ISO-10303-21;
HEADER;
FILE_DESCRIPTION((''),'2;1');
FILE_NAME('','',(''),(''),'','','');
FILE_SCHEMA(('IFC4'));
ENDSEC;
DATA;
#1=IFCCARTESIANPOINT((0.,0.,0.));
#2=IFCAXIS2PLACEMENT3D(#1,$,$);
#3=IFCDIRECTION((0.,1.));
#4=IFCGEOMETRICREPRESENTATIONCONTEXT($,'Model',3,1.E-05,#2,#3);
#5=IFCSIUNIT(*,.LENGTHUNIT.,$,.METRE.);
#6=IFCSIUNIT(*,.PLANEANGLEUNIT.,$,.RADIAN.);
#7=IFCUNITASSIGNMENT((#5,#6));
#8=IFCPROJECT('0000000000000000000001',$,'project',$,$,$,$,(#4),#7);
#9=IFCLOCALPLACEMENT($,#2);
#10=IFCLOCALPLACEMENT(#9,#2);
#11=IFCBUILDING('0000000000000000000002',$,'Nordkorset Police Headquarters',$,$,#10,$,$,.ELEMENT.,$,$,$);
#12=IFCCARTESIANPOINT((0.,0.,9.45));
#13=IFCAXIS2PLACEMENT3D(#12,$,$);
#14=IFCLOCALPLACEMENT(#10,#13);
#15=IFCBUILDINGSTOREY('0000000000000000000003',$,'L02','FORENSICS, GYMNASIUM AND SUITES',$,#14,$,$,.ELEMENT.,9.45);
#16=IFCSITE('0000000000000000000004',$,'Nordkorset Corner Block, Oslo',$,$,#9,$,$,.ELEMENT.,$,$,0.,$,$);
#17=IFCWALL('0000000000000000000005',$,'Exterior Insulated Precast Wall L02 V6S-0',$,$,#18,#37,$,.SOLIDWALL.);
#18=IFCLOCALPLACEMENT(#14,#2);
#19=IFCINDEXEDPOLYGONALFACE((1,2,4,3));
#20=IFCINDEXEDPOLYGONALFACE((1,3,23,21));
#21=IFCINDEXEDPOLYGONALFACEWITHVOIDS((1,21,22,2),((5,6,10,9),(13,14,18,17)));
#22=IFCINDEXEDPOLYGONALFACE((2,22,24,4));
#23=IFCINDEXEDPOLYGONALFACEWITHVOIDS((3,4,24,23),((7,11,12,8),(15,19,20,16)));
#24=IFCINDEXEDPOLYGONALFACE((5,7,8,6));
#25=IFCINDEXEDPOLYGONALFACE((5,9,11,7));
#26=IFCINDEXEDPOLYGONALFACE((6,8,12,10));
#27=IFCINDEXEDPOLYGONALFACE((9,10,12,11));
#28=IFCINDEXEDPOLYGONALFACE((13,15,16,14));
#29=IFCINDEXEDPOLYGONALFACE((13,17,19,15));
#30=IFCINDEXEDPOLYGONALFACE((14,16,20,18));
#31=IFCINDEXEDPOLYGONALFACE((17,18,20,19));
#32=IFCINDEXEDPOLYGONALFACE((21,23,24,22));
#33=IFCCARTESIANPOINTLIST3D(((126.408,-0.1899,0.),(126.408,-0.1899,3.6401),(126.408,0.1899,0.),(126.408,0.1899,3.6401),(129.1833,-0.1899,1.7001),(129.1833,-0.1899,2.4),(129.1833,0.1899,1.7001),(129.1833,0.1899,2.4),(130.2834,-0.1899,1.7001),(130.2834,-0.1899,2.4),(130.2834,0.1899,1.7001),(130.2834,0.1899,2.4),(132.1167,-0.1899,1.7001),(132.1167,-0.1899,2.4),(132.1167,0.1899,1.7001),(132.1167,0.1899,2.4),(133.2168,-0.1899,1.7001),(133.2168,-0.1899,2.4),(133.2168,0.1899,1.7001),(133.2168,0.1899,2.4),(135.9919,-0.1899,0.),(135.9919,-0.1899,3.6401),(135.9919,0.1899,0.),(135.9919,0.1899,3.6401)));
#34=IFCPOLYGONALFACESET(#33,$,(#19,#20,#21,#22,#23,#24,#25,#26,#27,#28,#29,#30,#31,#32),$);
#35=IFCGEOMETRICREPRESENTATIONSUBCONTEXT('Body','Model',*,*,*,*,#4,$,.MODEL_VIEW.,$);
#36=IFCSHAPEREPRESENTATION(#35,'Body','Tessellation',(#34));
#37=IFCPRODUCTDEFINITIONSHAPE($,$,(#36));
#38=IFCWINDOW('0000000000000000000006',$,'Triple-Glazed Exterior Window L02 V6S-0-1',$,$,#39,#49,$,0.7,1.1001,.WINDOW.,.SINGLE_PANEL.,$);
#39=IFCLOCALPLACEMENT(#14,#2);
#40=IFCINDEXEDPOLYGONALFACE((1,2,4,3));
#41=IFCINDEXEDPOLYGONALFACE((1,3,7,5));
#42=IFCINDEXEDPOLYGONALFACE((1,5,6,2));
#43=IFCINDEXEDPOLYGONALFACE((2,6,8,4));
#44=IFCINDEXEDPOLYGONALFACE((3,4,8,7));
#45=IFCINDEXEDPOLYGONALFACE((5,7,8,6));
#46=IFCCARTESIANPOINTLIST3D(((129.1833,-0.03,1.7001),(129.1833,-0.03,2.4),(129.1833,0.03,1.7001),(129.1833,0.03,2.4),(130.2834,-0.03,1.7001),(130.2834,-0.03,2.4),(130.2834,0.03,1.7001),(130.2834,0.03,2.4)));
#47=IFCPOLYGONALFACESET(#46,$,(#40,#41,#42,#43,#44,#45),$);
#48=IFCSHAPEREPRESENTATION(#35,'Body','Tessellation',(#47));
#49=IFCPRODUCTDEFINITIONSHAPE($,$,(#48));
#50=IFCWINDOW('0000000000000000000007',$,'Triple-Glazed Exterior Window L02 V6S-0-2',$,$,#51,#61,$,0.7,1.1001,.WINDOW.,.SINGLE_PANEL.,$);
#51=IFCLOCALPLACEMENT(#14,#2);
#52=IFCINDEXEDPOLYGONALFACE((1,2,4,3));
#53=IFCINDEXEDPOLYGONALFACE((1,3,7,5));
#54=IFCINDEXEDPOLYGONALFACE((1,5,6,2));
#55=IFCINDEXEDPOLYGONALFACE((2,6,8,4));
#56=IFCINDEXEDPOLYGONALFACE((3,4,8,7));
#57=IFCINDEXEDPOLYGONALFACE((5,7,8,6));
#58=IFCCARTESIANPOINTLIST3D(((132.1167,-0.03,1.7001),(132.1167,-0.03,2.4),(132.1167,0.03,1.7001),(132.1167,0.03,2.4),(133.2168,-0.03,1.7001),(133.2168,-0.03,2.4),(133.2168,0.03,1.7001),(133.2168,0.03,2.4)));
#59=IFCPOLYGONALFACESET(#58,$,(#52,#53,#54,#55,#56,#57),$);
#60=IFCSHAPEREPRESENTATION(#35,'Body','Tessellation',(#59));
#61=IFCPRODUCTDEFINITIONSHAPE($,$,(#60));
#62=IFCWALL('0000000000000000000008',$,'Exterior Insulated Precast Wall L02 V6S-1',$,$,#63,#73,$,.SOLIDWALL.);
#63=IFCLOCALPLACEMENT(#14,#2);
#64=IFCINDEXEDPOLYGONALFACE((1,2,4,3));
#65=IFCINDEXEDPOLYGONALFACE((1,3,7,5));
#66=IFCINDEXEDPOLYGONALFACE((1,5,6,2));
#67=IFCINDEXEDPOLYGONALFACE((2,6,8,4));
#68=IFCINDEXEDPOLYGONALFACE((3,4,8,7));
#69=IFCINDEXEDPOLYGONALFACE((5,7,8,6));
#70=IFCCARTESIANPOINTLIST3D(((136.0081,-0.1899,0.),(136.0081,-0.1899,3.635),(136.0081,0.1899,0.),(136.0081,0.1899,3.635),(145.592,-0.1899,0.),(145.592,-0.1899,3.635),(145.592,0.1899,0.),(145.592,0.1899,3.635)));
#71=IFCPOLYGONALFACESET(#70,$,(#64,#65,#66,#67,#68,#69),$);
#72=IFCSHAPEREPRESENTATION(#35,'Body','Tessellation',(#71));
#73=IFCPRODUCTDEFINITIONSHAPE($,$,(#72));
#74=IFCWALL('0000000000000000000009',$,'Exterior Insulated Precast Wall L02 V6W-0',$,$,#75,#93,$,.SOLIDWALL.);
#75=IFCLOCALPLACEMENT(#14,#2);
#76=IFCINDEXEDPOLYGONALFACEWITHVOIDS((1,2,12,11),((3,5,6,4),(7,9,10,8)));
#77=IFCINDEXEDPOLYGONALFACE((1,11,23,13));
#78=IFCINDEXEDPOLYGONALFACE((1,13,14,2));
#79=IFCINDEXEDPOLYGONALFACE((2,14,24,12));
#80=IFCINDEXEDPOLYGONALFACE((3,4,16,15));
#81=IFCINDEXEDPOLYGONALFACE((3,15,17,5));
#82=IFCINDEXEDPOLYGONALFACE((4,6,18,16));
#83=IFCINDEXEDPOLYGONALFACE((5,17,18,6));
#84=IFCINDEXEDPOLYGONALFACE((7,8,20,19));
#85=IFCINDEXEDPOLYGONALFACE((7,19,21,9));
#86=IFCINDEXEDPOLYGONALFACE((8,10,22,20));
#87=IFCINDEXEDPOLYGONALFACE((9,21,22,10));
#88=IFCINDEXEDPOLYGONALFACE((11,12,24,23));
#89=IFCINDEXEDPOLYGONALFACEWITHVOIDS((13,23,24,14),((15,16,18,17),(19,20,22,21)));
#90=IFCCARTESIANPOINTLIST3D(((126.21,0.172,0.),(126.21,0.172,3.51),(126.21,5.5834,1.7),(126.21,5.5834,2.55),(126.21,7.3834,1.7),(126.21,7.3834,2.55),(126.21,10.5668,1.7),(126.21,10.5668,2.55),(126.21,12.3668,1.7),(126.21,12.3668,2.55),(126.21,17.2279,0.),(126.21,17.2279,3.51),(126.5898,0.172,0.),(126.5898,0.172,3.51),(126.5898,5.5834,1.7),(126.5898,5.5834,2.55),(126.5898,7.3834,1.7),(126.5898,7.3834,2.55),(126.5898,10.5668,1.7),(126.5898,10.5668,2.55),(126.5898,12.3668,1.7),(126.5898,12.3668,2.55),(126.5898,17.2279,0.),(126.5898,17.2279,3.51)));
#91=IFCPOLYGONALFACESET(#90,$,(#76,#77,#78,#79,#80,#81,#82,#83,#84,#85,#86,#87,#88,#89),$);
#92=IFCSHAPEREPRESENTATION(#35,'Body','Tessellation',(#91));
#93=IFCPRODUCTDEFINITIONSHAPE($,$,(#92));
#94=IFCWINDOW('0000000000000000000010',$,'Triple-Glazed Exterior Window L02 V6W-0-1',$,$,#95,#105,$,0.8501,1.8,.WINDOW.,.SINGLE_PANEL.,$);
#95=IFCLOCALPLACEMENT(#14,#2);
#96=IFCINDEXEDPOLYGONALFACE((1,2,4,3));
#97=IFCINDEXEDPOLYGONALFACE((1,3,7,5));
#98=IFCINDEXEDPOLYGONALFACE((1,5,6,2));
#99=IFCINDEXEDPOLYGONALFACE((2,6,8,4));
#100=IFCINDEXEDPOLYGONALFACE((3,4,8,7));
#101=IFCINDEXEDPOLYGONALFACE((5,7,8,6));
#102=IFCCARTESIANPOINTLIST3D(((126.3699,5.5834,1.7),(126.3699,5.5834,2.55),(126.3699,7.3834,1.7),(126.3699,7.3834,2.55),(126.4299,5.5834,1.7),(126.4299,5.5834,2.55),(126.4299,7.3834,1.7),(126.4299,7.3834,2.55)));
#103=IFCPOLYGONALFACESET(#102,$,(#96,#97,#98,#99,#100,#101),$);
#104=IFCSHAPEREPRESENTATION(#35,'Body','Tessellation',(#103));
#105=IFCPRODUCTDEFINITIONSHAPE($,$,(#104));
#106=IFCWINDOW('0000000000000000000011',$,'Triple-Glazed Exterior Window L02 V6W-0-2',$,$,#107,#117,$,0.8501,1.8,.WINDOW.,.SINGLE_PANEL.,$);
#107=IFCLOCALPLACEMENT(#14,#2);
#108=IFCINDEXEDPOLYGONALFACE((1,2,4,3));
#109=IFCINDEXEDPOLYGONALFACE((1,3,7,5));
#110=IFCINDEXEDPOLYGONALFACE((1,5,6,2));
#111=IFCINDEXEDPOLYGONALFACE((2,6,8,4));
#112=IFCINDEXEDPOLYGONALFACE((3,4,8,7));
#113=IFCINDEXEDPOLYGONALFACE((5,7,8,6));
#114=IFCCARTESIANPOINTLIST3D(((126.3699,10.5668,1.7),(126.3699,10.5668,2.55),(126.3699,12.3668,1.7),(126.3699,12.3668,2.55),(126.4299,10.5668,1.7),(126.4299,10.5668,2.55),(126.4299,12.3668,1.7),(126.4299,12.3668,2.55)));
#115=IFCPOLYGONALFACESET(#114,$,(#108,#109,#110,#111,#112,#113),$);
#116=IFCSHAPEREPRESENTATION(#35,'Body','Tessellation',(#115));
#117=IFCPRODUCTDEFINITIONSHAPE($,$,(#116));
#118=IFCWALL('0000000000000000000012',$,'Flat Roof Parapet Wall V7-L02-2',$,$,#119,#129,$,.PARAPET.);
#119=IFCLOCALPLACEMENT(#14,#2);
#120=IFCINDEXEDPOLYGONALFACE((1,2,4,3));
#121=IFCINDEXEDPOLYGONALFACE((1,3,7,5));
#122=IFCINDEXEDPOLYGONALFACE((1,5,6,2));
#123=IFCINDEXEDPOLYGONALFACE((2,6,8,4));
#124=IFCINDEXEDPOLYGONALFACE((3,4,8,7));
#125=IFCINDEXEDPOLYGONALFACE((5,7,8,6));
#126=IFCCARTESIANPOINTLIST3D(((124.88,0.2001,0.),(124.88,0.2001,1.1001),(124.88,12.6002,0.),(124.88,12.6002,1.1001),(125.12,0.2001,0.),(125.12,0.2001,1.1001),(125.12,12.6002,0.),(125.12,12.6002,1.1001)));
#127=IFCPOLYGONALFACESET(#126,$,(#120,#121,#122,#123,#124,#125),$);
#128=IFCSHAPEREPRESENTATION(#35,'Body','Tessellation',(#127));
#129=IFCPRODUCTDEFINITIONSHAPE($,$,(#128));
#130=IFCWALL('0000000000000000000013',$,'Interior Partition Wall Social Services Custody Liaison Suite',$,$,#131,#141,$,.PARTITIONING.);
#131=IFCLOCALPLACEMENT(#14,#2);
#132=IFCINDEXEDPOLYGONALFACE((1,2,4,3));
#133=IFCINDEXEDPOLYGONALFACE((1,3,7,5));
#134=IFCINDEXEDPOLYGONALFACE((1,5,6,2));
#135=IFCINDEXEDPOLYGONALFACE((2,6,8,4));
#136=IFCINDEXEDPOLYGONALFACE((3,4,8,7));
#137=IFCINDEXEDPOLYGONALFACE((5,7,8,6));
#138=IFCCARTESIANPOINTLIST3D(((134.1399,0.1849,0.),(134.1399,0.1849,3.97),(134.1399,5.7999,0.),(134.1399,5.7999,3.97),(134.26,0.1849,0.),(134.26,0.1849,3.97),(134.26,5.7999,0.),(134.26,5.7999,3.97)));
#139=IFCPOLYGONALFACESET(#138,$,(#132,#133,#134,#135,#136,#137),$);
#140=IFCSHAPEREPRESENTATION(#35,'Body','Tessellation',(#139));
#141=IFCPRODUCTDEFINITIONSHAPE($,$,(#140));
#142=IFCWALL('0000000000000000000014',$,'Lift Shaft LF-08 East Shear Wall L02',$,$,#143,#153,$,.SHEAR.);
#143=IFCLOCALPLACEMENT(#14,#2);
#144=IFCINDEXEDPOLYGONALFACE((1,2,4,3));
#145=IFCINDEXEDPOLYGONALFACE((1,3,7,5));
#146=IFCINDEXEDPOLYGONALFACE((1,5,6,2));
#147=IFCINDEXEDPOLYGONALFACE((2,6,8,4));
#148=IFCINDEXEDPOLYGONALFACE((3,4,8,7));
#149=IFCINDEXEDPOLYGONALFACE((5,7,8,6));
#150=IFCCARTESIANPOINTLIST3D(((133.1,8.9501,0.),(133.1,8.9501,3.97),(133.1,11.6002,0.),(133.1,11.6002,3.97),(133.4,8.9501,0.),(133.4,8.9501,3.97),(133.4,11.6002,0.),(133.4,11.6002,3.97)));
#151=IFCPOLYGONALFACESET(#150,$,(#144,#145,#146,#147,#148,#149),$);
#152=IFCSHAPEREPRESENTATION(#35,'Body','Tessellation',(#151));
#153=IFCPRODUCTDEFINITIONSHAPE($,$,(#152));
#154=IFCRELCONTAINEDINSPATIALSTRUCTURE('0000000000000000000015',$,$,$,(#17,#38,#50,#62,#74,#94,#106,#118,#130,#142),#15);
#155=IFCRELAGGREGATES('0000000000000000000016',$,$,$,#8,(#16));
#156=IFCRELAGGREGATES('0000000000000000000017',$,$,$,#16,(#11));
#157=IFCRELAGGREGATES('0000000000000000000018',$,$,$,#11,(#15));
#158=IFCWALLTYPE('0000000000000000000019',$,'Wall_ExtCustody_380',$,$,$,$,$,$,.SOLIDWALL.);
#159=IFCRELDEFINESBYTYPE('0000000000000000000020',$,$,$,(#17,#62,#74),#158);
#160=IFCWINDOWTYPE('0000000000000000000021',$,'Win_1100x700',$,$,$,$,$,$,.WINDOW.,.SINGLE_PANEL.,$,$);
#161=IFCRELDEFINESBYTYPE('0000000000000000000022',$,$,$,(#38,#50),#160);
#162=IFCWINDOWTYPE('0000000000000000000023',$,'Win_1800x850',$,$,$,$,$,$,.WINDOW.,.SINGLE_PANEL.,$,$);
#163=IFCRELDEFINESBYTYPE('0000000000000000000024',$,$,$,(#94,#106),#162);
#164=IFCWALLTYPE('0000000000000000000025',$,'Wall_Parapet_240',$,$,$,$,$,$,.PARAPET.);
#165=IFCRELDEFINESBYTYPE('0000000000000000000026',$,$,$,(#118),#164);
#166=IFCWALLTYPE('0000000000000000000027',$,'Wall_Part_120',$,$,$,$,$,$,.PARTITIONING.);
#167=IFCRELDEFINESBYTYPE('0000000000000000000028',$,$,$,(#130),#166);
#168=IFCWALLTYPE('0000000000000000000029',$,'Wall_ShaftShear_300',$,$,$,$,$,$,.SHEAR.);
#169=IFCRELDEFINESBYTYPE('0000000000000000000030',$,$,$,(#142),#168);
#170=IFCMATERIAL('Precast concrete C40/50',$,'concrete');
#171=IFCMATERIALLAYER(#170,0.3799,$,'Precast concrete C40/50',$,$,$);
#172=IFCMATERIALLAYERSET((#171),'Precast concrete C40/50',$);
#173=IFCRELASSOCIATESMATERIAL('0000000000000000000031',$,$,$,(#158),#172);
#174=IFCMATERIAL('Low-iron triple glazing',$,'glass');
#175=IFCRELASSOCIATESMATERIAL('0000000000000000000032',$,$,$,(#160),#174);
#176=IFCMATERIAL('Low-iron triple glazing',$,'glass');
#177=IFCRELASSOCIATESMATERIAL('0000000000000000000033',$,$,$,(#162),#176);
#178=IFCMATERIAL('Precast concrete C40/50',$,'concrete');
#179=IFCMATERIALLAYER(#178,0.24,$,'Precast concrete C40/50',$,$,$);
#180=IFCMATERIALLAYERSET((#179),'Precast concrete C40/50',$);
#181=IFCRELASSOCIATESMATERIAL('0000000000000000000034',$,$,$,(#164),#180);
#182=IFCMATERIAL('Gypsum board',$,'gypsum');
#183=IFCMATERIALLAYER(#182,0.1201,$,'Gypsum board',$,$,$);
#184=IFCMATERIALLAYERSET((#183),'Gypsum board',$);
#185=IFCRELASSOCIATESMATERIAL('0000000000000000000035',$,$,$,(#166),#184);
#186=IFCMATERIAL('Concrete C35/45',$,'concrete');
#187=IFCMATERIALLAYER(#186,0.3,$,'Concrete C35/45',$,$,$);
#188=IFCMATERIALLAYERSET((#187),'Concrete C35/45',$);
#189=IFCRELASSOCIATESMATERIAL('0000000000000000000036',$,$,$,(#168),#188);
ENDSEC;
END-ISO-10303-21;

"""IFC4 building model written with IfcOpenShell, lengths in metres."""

from ifc_helpers import new_model, si_unit, direction, frame, frame_2d, origin, place, context, subcontext, project, spatial, rectangle, extrude, material, layer, layer_set, type_object, element, fill, save


model = new_model("IFC4")

# Units and contexts
model_context = context("Model", 3, precision=1e-05, world=origin(), true_north=direction((0.0, 1.0)))
body_context = subcontext(model_context, "Body", "Model", "MODEL_VIEW")
ifc_project = project(units=[si_unit("LENGTHUNIT", "METRE"), si_unit("PLANEANGLEUNIT", "RADIAN")], contexts=[model_context])

# Site, building, storey
site_placement = place(None, origin())
site = spatial("IfcSite", under=ifc_project, at=site_placement, Name="Nordkorset Corner Block, Oslo", CompositionType="ELEMENT", RefElevation=0.0)
building_placement = place(site_placement, origin())
building = spatial("IfcBuilding", under=site, at=building_placement, Name="Nordkorset Police Headquarters", CompositionType="ELEMENT")
storey_placement = place(building_placement, frame((0.0, 0.0, 9.45)))
storey = spatial("IfcBuildingStorey", under=building, at=storey_placement, Name="L02", Description="FORENSICS, GYMNASIUM AND SUITES", CompositionType="ELEMENT", Elevation=9.45)

# Wall, openings, windows
ifc_material_1 = material(Name="Precast concrete C40/50", Category="concrete")
ifc_layer_1 = layer(ifc_material_1, 0.3799, Name="Precast concrete C40/50")
ifc_layer_set_1 = layer_set([ifc_layer_1], Name="Precast concrete C40/50")
wall_type_1 = type_object("IfcWallType", Name="Wall_ExtCustody_380", PredefinedType="SOLIDWALL", material=ifc_layer_set_1)
wall_1_placement = place(storey_placement, frame((126.408, 0.0, 0.0), z_axis=(0.0, 0.0, 1.0), x_axis=(1.0, 0.0, 0.0)))
wall_1 = element("IfcWall", 1, at=wall_1_placement, inside=storey, type_object=wall_type_1, Name="Exterior Insulated Precast Wall L02 V6S-0", PredefinedType="SOLIDWALL", context=body_context, shape_type="SweptSolid", body=[
    extrude(rectangle(XDim=9.584, YDim=0.3799, at=frame_2d((4.792, 0.0))), origin(), (0.0, 0.0, 1.0), 3.6401),
])
opening_1_placement = place(wall_1_placement, frame((2.7754, 0.0, 1.7)))
opening_1 = element("IfcOpeningElement", 2, at=opening_1_placement, cuts=wall_1, PredefinedType="OPENING", context=body_context, shape_type="SweptSolid", body=[
    extrude(rectangle(XDim=1.1001, YDim=0.7, at=frame_2d((0.55, 0.3501))), frame((0.0, 0.2, 0.0), z_axis=(0.0, -1.0, 0.0), x_axis=(1.0, 0.0, 0.0)), (0.0, 0.0, 1.0), 0.3999),
])
opening_2_placement = place(wall_1_placement, frame((5.7087, 0.0, 1.7)))
opening_2 = element("IfcOpeningElement", 3, at=opening_2_placement, cuts=wall_1, PredefinedType="OPENING", context=body_context, shape_type="SweptSolid", body=[
    extrude(rectangle(XDim=1.1001, YDim=0.7, at=frame_2d((0.55, 0.3501))), frame((0.0, 0.2, 0.0), z_axis=(0.0, -1.0, 0.0), x_axis=(1.0, 0.0, 0.0)), (0.0, 0.0, 1.0), 0.3999),
])
ifc_material_2 = material(Name="Low-iron triple glazing", Category="glass")
window_type_1 = type_object("IfcWindowType", Name="Win_1100x700", PartitioningType="SINGLE_PANEL", PredefinedType="WINDOW", material=ifc_material_2)
window_1_placement = place(opening_1_placement, origin())
window_1 = element("IfcWindow", 4, at=window_1_placement, inside=storey, type_object=window_type_1, Name="Triple-Glazed Exterior Window L02 V6S-0-1", OverallHeight=0.7, OverallWidth=1.1001, PartitioningType="SINGLE_PANEL", PredefinedType="WINDOW", context=body_context, shape_type="SweptSolid", body=[
    extrude(rectangle(XDim=1.1001, YDim=0.7, at=frame_2d((0.55, 0.3501))), frame((0.0, 0.03, 0.0), z_axis=(0.0, -1.0, 0.0), x_axis=(1.0, 0.0, 0.0)), (0.0, 0.0, 1.0), 0.0601),
])
fill(opening_1, window_1)
window_2_placement = place(opening_2_placement, origin())
window_2 = element("IfcWindow", 5, at=window_2_placement, inside=storey, type_object=window_type_1, Name="Triple-Glazed Exterior Window L02 V6S-0-2", OverallHeight=0.7, OverallWidth=1.1001, PartitioningType="SINGLE_PANEL", PredefinedType="WINDOW", context=body_context, shape_type="SweptSolid", body=[
    extrude(rectangle(XDim=1.1001, YDim=0.7, at=frame_2d((0.55, 0.3501))), frame((0.0, 0.03, 0.0), z_axis=(0.0, -1.0, 0.0), x_axis=(1.0, 0.0, 0.0)), (0.0, 0.0, 1.0), 0.0601),
])
fill(opening_2, window_2)

# Wall
wall_2_placement = place(storey_placement, frame((136.0081, 0.0, 0.0), z_axis=(0.0, 0.0, 1.0), x_axis=(1.0, 0.0, 0.0)))
element("IfcWall", 6, at=wall_2_placement, inside=storey, type_object=wall_type_1, Name="Exterior Insulated Precast Wall L02 V6S-1", PredefinedType="SOLIDWALL", context=body_context, shape_type="SweptSolid", body=[
    extrude(rectangle(XDim=9.584, YDim=0.3799, at=frame_2d((4.792, 0.0))), origin(), (0.0, 0.0, 1.0), 3.635),
])

# Wall, openings, windows
wall_3_placement = place(storey_placement, frame((126.3999, 0.1721, 0.0), z_axis=(0.0, 0.0, 1.0), x_axis=(0.0, 1.0, 0.0)))
wall_3 = element("IfcWall", 7, at=wall_3_placement, inside=storey, type_object=wall_type_1, Name="Exterior Insulated Precast Wall L02 V6W-0", PredefinedType="SOLIDWALL", context=body_context, shape_type="SweptSolid", body=[
    extrude(rectangle(XDim=17.0559, YDim=0.3799, at=frame_2d((8.5278, 0.0))), origin(), (0.0, 0.0, 1.0), 3.51),
])
opening_3_placement = place(wall_3_placement, frame((5.4114, 0.0, 1.7)))
opening_3 = element("IfcOpeningElement", 8, at=opening_3_placement, cuts=wall_3, PredefinedType="OPENING", context=body_context, shape_type="SweptSolid", body=[
    extrude(rectangle(XDim=1.8, YDim=0.8501, at=frame_2d((0.8999, 0.425))), frame((0.0, 0.2, 0.0), z_axis=(0.0, -1.0, 0.0), x_axis=(1.0, 0.0, 0.0)), (0.0, 0.0, 1.0), 0.3999),
])
opening_4_placement = place(wall_3_placement, frame((10.3948, 0.0, 1.7)))
opening_4 = element("IfcOpeningElement", 9, at=opening_4_placement, cuts=wall_3, PredefinedType="OPENING", context=body_context, shape_type="SweptSolid", body=[
    extrude(rectangle(XDim=1.8, YDim=0.8501, at=frame_2d((0.8999, 0.425))), frame((0.0, 0.2, 0.0), z_axis=(0.0, -1.0, 0.0), x_axis=(1.0, 0.0, 0.0)), (0.0, 0.0, 1.0), 0.3999),
])
ifc_material_3 = material(Name="Low-iron triple glazing", Category="glass")
window_type_2 = type_object("IfcWindowType", Name="Win_1800x850", PartitioningType="SINGLE_PANEL", PredefinedType="WINDOW", material=ifc_material_3)
window_3_placement = place(opening_3_placement, origin())
window_3 = element("IfcWindow", 10, at=window_3_placement, inside=storey, type_object=window_type_2, Name="Triple-Glazed Exterior Window L02 V6W-0-1", OverallHeight=0.8501, OverallWidth=1.8, PartitioningType="SINGLE_PANEL", PredefinedType="WINDOW", context=body_context, shape_type="SweptSolid", body=[
    extrude(rectangle(XDim=1.8, YDim=0.8501, at=frame_2d((0.8999, 0.425))), frame((0.0, 0.03, 0.0), z_axis=(0.0, -1.0, 0.0), x_axis=(1.0, 0.0, 0.0)), (0.0, 0.0, 1.0), 0.0601),
])
fill(opening_3, window_3)
window_4_placement = place(opening_4_placement, origin())
window_4 = element("IfcWindow", 11, at=window_4_placement, inside=storey, type_object=window_type_2, Name="Triple-Glazed Exterior Window L02 V6W-0-2", OverallHeight=0.8501, OverallWidth=1.8, PartitioningType="SINGLE_PANEL", PredefinedType="WINDOW", context=body_context, shape_type="SweptSolid", body=[
    extrude(rectangle(XDim=1.8, YDim=0.8501, at=frame_2d((0.8999, 0.425))), frame((0.0, 0.03, 0.0), z_axis=(0.0, -1.0, 0.0), x_axis=(1.0, 0.0, 0.0)), (0.0, 0.0, 1.0), 0.0601),
])
fill(opening_4, window_4)

# Walls
ifc_material_4 = material(Name="Precast concrete C40/50", Category="concrete")
ifc_layer_2 = layer(ifc_material_4, 0.24, Name="Precast concrete C40/50")
ifc_layer_set_2 = layer_set([ifc_layer_2], Name="Precast concrete C40/50")
wall_type_2 = type_object("IfcWallType", Name="Wall_Parapet_240", PredefinedType="PARAPET", material=ifc_layer_set_2)
wall_4_placement = place(storey_placement, frame((125.0, 0.2, 0.0), z_axis=(0.0, 0.0, 1.0), x_axis=(0.0, 1.0, 0.0)))
element("IfcWall", 12, at=wall_4_placement, inside=storey, type_object=wall_type_2, Name="Flat Roof Parapet Wall V7-L02-2", PredefinedType="PARAPET", context=body_context, shape_type="SweptSolid", body=[
    extrude(rectangle(XDim=12.4001, YDim=0.24, at=frame_2d((6.2002, 0.0))), origin(), (0.0, 0.0, 1.0), 1.1001),
])
ifc_material_5 = material(Name="Gypsum board", Category="gypsum")
ifc_layer_3 = layer(ifc_material_5, 0.1201, Name="Gypsum board")
ifc_layer_set_3 = layer_set([ifc_layer_3], Name="Gypsum board")
wall_type_3 = type_object("IfcWallType", Name="Wall_Part_120", PredefinedType="PARTITIONING", material=ifc_layer_set_3)
wall_5_placement = place(storey_placement, frame((134.2, 5.8, 0.0), z_axis=(0.0, 0.0, 1.0), x_axis=(0.0, -1.0, 0.0)))
element("IfcWall", 13, at=wall_5_placement, inside=storey, type_object=wall_type_3, Name="Interior Partition Wall Social Services Custody Liaison Suite", PredefinedType="PARTITIONING", context=body_context, shape_type="SweptSolid", body=[
    extrude(rectangle(XDim=5.615, YDim=0.1201, at=frame_2d((2.8076, 0.0))), origin(), (0.0, 0.0, 1.0), 3.97),
])

# Shared definitions
ifc_material_6 = material(Name="Concrete C35/45", Category="concrete")
ifc_layer_4 = layer(ifc_material_6, 0.3, Name="Concrete C35/45")
ifc_layer_set_4 = layer_set([ifc_layer_4], Name="Concrete C35/45")
wall_type_4 = type_object("IfcWallType", Name="Wall_ShaftShear_300", PredefinedType="SHEAR", material=ifc_layer_set_4)

# Wall
wall_6_placement = place(storey_placement, frame((133.25, 8.95, 0.0), z_axis=(0.0, 0.0, 1.0), x_axis=(0.0, 1.0, 0.0)))
element("IfcWall", 14, at=wall_6_placement, inside=storey, type_object=wall_type_4, Name="Lift Shaft LF-08 East Shear Wall L02", PredefinedType="SHEAR", context=body_context, shape_type="SweptSolid", body=[
    extrude(rectangle(XDim=2.6501, YDim=0.3, at=frame_2d((1.3252, 0.0))), origin(), (0.0, 0.0, 1.0), 3.97),
])

save(model, "model.ifc")
